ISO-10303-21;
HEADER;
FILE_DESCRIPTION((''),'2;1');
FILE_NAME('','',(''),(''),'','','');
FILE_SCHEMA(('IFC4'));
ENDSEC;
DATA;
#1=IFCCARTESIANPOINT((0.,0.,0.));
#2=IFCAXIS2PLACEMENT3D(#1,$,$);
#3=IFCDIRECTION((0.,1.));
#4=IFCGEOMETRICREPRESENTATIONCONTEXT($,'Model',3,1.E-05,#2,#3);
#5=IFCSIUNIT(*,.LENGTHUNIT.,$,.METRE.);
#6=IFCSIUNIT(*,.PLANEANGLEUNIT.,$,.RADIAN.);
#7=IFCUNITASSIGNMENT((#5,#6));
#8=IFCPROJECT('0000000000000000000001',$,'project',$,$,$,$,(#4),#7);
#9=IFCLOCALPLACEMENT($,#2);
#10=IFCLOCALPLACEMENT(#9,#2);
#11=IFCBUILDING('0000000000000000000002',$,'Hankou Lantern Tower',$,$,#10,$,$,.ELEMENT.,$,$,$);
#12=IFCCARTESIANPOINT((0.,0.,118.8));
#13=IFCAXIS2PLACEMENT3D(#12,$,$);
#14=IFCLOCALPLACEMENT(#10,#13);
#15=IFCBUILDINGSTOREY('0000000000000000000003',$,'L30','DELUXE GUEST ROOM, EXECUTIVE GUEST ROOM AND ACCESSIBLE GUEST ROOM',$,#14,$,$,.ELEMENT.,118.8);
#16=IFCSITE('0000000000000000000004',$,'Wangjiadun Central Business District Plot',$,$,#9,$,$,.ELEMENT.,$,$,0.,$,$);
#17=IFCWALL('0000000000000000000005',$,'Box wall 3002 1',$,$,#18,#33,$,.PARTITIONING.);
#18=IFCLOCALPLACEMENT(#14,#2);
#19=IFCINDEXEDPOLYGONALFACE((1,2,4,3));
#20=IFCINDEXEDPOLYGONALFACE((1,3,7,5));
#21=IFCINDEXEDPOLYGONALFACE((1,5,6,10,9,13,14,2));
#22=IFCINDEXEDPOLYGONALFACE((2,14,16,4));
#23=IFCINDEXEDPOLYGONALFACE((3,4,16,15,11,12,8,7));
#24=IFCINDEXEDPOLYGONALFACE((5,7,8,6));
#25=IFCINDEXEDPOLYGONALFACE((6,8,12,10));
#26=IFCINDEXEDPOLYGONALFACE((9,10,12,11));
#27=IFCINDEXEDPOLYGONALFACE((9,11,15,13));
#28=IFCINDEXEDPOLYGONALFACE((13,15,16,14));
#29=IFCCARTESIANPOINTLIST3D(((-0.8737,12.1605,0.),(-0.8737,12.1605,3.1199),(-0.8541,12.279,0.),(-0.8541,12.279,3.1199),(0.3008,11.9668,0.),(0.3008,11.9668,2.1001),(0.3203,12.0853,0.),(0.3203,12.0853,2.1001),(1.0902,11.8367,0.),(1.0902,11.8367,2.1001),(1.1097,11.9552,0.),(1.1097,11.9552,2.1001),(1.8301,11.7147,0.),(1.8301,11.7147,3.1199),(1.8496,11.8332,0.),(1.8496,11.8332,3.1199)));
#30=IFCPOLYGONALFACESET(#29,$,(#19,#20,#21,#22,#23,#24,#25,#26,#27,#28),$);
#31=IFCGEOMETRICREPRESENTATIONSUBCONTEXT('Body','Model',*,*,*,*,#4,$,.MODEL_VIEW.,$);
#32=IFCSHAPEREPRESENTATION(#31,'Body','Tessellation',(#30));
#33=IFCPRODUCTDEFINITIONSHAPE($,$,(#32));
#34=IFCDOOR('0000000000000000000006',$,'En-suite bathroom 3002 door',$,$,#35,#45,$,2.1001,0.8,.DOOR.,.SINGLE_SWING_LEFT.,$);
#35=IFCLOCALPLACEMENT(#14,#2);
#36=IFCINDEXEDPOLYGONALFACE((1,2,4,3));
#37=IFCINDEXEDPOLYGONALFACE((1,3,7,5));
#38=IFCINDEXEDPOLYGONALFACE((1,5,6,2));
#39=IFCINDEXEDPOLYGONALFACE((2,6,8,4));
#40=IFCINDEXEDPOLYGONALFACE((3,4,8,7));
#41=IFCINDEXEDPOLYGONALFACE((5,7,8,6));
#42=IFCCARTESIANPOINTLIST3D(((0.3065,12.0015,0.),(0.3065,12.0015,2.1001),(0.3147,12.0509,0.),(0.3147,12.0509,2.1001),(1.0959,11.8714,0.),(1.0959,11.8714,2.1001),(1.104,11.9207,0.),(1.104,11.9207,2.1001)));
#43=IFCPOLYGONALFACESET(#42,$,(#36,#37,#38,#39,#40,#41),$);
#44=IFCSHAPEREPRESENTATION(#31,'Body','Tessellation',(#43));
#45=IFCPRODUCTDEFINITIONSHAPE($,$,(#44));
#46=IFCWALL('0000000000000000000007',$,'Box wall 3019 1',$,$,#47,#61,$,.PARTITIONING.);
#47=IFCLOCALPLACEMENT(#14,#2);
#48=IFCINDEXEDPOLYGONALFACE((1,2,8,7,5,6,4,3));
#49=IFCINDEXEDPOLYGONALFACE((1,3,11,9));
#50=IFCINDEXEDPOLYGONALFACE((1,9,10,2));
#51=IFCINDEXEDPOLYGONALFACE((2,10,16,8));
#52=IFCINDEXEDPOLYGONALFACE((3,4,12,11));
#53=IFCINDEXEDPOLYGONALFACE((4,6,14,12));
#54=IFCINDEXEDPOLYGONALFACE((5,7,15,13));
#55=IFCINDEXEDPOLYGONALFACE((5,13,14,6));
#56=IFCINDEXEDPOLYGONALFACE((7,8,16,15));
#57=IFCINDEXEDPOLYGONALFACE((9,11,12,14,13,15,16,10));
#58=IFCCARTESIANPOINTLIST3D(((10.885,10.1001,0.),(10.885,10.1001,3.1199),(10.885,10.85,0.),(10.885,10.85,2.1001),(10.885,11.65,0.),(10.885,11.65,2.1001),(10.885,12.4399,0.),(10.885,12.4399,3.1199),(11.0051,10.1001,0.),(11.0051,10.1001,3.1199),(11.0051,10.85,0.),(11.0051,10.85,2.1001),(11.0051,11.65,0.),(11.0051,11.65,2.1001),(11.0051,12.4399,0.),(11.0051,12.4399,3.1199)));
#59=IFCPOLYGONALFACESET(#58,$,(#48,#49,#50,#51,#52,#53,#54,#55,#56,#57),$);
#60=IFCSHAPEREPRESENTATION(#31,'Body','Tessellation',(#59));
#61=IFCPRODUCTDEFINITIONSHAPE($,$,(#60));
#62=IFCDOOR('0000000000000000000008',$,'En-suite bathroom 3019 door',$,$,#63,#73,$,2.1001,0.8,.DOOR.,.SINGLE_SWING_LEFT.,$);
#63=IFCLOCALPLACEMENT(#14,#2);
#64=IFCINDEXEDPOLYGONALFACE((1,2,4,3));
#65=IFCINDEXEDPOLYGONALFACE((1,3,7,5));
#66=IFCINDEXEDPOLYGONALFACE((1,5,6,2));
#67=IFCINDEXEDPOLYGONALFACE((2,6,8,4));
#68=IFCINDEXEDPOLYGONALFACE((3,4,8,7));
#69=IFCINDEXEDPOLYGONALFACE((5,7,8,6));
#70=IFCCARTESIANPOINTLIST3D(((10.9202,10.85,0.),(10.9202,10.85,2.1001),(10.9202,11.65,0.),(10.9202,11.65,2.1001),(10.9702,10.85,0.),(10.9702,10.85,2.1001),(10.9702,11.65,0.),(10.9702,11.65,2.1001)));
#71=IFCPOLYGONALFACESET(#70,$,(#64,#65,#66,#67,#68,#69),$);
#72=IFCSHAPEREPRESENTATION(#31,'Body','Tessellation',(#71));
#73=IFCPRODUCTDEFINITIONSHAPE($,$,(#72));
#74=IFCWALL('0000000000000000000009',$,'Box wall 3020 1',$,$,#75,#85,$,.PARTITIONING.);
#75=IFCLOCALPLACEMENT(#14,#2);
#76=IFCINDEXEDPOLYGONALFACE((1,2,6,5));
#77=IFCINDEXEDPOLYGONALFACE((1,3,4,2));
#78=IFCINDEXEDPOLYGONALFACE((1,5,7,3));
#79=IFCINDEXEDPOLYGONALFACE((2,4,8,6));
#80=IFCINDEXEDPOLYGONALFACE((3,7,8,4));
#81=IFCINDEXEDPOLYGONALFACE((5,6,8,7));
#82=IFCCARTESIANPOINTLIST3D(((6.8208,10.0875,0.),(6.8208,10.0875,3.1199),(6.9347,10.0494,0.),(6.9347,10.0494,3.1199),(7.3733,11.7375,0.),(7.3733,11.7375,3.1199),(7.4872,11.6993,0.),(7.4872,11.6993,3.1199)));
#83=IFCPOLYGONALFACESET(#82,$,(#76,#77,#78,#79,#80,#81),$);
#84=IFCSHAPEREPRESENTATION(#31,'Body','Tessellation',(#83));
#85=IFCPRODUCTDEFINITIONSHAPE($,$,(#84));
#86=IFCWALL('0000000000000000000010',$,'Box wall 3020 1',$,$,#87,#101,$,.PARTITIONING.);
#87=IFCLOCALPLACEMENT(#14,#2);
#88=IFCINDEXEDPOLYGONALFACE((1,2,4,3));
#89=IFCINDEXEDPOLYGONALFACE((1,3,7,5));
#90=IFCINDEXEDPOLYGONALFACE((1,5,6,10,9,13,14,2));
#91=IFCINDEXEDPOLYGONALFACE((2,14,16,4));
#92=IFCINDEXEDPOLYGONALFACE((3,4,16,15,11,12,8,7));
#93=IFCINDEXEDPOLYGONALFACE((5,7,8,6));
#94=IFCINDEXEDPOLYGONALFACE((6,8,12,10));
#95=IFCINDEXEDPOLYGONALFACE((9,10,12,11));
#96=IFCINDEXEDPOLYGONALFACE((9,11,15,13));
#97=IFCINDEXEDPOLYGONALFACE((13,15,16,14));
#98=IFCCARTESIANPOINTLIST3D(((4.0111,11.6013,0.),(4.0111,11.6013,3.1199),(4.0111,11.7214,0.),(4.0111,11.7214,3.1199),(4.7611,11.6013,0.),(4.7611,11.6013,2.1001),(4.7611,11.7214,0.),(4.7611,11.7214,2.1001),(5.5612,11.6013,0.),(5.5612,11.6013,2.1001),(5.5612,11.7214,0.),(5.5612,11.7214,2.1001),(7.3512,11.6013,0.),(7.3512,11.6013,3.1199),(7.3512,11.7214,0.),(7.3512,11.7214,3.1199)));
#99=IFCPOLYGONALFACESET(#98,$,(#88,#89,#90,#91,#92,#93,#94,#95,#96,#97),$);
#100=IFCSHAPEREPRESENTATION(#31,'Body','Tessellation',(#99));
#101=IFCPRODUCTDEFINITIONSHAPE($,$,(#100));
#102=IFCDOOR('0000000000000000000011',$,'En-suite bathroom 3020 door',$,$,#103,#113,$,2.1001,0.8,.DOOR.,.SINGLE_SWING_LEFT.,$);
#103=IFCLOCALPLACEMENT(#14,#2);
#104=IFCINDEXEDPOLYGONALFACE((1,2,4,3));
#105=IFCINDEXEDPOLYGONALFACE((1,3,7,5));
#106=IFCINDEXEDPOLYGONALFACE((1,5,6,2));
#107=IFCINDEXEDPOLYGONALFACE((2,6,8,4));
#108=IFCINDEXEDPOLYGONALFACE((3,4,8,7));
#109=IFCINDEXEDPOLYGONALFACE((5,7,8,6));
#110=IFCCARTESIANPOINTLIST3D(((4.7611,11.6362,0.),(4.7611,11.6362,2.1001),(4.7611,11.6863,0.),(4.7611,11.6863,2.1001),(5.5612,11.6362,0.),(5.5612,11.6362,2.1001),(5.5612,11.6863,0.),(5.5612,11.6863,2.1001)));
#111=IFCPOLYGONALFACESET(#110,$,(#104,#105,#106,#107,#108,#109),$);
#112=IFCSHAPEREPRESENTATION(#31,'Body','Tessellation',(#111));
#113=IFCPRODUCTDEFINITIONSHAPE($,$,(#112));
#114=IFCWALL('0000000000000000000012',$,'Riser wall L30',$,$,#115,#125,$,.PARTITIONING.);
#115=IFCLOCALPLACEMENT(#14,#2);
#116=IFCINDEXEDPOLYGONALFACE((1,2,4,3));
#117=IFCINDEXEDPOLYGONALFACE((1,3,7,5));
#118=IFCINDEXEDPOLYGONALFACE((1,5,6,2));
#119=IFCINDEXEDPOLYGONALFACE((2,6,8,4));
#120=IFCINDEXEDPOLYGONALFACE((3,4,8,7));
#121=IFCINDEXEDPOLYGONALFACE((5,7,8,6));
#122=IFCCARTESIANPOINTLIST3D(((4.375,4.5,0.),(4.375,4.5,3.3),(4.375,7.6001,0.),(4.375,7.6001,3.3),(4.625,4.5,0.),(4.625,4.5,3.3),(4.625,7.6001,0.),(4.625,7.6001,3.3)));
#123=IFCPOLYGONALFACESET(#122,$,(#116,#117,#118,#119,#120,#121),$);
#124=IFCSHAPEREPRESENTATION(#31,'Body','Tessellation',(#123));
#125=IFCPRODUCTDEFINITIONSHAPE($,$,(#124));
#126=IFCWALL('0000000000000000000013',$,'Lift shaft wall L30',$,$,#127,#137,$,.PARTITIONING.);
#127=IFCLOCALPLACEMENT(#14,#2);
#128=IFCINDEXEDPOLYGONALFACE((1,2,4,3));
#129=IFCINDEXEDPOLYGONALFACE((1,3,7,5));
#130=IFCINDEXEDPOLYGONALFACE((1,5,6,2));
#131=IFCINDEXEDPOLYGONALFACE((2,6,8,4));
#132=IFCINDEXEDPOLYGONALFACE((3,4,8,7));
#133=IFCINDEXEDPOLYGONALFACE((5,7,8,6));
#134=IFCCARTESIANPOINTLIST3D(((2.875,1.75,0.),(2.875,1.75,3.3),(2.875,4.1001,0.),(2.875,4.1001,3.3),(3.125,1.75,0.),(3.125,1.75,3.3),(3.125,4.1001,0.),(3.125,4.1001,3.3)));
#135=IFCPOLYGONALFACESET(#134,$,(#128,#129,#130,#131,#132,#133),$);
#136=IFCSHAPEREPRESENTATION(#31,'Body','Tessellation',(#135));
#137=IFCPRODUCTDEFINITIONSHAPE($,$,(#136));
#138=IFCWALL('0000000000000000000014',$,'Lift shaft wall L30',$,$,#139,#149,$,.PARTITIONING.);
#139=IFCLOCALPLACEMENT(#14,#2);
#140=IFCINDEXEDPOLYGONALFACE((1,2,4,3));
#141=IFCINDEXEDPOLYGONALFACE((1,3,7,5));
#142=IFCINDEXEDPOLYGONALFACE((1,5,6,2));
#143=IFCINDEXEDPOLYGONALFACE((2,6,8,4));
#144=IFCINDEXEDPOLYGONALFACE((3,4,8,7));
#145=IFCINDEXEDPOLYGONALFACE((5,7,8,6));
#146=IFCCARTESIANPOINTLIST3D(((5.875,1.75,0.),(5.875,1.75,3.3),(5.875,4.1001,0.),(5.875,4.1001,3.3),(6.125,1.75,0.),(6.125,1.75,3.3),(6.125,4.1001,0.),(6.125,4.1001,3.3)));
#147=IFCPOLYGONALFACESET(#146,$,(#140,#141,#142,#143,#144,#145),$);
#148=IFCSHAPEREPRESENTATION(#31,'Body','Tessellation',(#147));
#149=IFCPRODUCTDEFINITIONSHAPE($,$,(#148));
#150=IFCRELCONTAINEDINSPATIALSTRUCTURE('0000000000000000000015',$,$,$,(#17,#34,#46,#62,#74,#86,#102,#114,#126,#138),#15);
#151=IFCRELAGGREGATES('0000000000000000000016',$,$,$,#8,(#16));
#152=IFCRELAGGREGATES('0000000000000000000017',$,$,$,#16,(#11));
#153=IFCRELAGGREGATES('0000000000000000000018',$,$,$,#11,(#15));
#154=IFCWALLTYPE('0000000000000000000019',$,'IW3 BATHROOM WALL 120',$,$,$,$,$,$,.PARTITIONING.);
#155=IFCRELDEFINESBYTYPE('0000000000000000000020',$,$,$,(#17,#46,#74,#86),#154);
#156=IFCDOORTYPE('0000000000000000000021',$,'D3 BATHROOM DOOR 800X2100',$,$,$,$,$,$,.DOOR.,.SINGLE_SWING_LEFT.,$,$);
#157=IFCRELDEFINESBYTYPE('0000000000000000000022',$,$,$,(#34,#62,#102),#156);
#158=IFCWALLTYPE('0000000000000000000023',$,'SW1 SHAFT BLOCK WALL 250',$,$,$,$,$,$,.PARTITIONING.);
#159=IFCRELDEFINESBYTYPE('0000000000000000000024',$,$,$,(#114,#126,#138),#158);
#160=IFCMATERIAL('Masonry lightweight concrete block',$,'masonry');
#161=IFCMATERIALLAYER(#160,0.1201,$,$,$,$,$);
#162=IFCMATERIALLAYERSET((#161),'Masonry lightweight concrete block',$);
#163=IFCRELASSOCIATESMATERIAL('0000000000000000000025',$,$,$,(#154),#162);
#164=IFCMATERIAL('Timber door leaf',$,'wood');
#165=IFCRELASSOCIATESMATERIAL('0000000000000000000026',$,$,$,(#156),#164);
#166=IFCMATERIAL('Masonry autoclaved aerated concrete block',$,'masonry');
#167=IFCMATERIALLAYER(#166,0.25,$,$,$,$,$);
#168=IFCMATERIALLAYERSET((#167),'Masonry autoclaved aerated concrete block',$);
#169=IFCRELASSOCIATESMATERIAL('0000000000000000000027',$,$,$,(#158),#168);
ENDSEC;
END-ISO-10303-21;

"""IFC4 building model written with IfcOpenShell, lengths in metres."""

from ifc_helpers import new_model, si_unit, direction, frame, frame_2d, origin, place, context, subcontext, project, spatial, rectangle, extrude, material, layer, layer_set, type_object, element, fill, save


model = new_model("IFC4")

# Units and contexts
model_context = context("Model", 3, precision=1e-05, world=origin(), true_north=direction((0.0, 1.0)))
body_context = subcontext(model_context, "Body", "Model", "MODEL_VIEW")
ifc_project = project(units=[si_unit("LENGTHUNIT", "METRE"), si_unit("PLANEANGLEUNIT", "RADIAN")], contexts=[model_context])

# Site, building, storey
site_placement = place(None, origin())
site = spatial("IfcSite", under=ifc_project, at=site_placement, Name="Wangjiadun Central Business District Plot", CompositionType="ELEMENT", RefElevation=0.0)
building_placement = place(site_placement, origin())
building = spatial("IfcBuilding", under=site, at=building_placement, Name="Hankou Lantern Tower", CompositionType="ELEMENT")
storey_placement = place(building_placement, frame((0.0, 0.0, 118.8)))
storey = spatial("IfcBuildingStorey", under=building, at=storey_placement, Name="L30", Description="DELUXE GUEST ROOM, EXECUTIVE GUEST ROOM AND ACCESSIBLE GUEST ROOM", CompositionType="ELEMENT", Elevation=118.8)

# Walls, openings, doors
ifc_material_1 = material(Name="Masonry lightweight concrete block", Category="masonry")
ifc_layer_1 = layer(ifc_material_1, 0.1201)
ifc_layer_set_1 = layer_set([ifc_layer_1], Name="Masonry lightweight concrete block")
wall_type_1 = type_object("IfcWallType", Name="IW3 BATHROOM WALL 120", PredefinedType="PARTITIONING", material=ifc_layer_set_1)
wall_1_placement = place(storey_placement, frame((1.8398, 11.7739, 0.0), z_axis=(0.0, 0.0, 1.0), x_axis=(-0.986677, 0.162694, 0.0)))
wall_1 = element("IfcWall", 1, at=wall_1_placement, inside=storey, type_object=wall_type_1, Name="Box wall 3002 1", PredefinedType="PARTITIONING", context=body_context, shape_type="SweptSolid", body=[
    extrude(rectangle(XDim=2.7402, YDim=0.1201, at=frame_2d((1.3701, 0.0))), origin(), (0.0, 0.0, 1.0), 3.1199),
])
opening_1_placement = place(wall_1_placement, frame((0.75, 0.0, 0.0)))
opening_1 = element("IfcOpeningElement", 2, at=opening_1_placement, cuts=wall_1, PredefinedType="OPENING", context=body_context, shape_type="SweptSolid", body=[
    extrude(rectangle(XDim=0.8, YDim=2.1001, at=frame_2d((0.3999, 1.05))), frame((0.0, 0.0701, 0.0), z_axis=(0.0, -1.0, 0.0), x_axis=(1.0, 0.0, 0.0)), (0.0, 0.0, 1.0), 0.1401),
])
ifc_material_2 = material(Name="Timber door leaf", Category="wood")
door_type_1 = type_object("IfcDoorType", Name="D3 BATHROOM DOOR 800X2100", OperationType="SINGLE_SWING_LEFT", PredefinedType="DOOR", material=ifc_material_2)
door_1_placement = place(opening_1_placement, origin())
door_1 = element("IfcDoor", 3, at=door_1_placement, inside=storey, type_object=door_type_1, Name="En-suite bathroom 3002 door", OperationType="SINGLE_SWING_LEFT", OverallHeight=2.1001, OverallWidth=0.8, PredefinedType="DOOR", context=body_context, shape_type="SweptSolid", body=[
    extrude(rectangle(XDim=0.8, YDim=2.1001, at=frame_2d((0.3999, 1.05))), frame((0.0, 0.0249, 0.0), z_axis=(0.0, -1.0, 0.0), x_axis=(1.0, 0.0, 0.0)), (0.0, 0.0, 1.0), 0.05),
])
fill(opening_1, door_1)
wall_2_placement = place(storey_placement, frame((10.9451, 10.1001, 0.0), z_axis=(0.0, 0.0, 1.0), x_axis=(0.0, 1.0, 0.0)))
wall_2 = element("IfcWall", 4, at=wall_2_placement, inside=storey, type_object=wall_type_1, Name="Box wall 3019 1", PredefinedType="PARTITIONING", context=body_context, shape_type="SweptSolid", body=[
    extrude(rectangle(XDim=2.3398, YDim=0.1201, at=frame_2d((1.1699, 0.0))), origin(), (0.0, 0.0, 1.0), 3.1199),
])
opening_2_placement = place(wall_2_placement, frame((0.75, 0.0, 0.0)))
opening_2 = element("IfcOpeningElement", 5, at=opening_2_placement, cuts=wall_2, PredefinedType="OPENING", context=body_context, shape_type="SweptSolid", body=[
    extrude(rectangle(XDim=0.8, YDim=2.1001, at=frame_2d((0.3999, 1.05))), frame((0.0, 0.0701, 0.0), z_axis=(0.0, -1.0, 0.0), x_axis=(1.0, 0.0, 0.0)), (0.0, 0.0, 1.0), 0.1401),
])
door_2_placement = place(opening_2_placement, origin())
door_2 = element("IfcDoor", 6, at=door_2_placement, inside=storey, type_object=door_type_1, Name="En-suite bathroom 3019 door", OperationType="SINGLE_SWING_LEFT", OverallHeight=2.1001, OverallWidth=0.8, PredefinedType="DOOR", context=body_context, shape_type="SweptSolid", body=[
    extrude(rectangle(XDim=0.8, YDim=2.1001, at=frame_2d((0.3999, 1.05))), frame((0.0, 0.0249, 0.0), z_axis=(0.0, -1.0, 0.0), x_axis=(1.0, 0.0, 0.0)), (0.0, 0.0, 1.0), 0.05),
])
fill(opening_2, door_2)

# Wall
wall_3_placement = place(storey_placement, frame((6.8777, 10.0684, 0.0), z_axis=(0.0, 0.0, 1.0), x_axis=(0.317532, 0.948247, 0.0)))
element("IfcWall", 7, at=wall_3_placement, inside=storey, type_object=wall_type_1, Name="Box wall 3020 1", PredefinedType="PARTITIONING", context=body_context, shape_type="SweptSolid", body=[
    extrude(rectangle(XDim=1.74, YDim=0.1201, at=frame_2d((0.8701, 0.0))), origin(), (0.0, 0.0, 1.0), 3.1199),
])

# Wall, opening, door
wall_4_placement = place(storey_placement, frame((4.0112, 11.6614, 0.0), z_axis=(0.0, 0.0, 1.0), x_axis=(1.0, 0.0, 0.0)))
wall_4 = element("IfcWall", 8, at=wall_4_placement, inside=storey, type_object=wall_type_1, Name="Box wall 3020 1", PredefinedType="PARTITIONING", context=body_context, shape_type="SweptSolid", body=[
    extrude(rectangle(XDim=3.3401, YDim=0.1201, at=frame_2d((1.6699, 0.0))), origin(), (0.0, 0.0, 1.0), 3.1199),
])
opening_3_placement = place(wall_4_placement, frame((0.75, 0.0, 0.0)))
opening_3 = element("IfcOpeningElement", 9, at=opening_3_placement, cuts=wall_4, PredefinedType="OPENING", context=body_context, shape_type="SweptSolid", body=[
    extrude(rectangle(XDim=0.8, YDim=2.1001, at=frame_2d((0.3999, 1.05))), frame((0.0, 0.0701, 0.0), z_axis=(0.0, -1.0, 0.0), x_axis=(1.0, 0.0, 0.0)), (0.0, 0.0, 1.0), 0.1401),
])
door_3_placement = place(opening_3_placement, origin())
door_3 = element("IfcDoor", 10, at=door_3_placement, inside=storey, type_object=door_type_1, Name="En-suite bathroom 3020 door", OperationType="SINGLE_SWING_LEFT", OverallHeight=2.1001, OverallWidth=0.8, PredefinedType="DOOR", context=body_context, shape_type="SweptSolid", body=[
    extrude(rectangle(XDim=0.8, YDim=2.1001, at=frame_2d((0.3999, 1.05))), frame((0.0, 0.0249, 0.0), z_axis=(0.0, -1.0, 0.0), x_axis=(1.0, 0.0, 0.0)), (0.0, 0.0, 1.0), 0.05),
])
fill(opening_3, door_3)

# Walls
ifc_material_3 = material(Name="Masonry autoclaved aerated concrete block", Category="masonry")
ifc_layer_2 = layer(ifc_material_3, 0.25)
ifc_layer_set_2 = layer_set([ifc_layer_2], Name="Masonry autoclaved aerated concrete block")
wall_type_2 = type_object("IfcWallType", Name="SW1 SHAFT BLOCK WALL 250", PredefinedType="PARTITIONING", material=ifc_layer_set_2)
wall_5_placement = place(storey_placement, frame((4.5, 4.5, 0.0), z_axis=(0.0, 0.0, 1.0), x_axis=(0.0, 1.0, 0.0)))
element("IfcWall", 11, at=wall_5_placement, inside=storey, type_object=wall_type_2, Name="Riser wall L30", PredefinedType="PARTITIONING", context=body_context, shape_type="SweptSolid", body=[
    extrude(rectangle(XDim=3.1001, YDim=0.25, at=frame_2d((1.55, 0.0))), origin(), (0.0, 0.0, 1.0), 3.3),
])
for number, where, z_axis, x_axis, name in (
    (12, (3.0, 1.75, 0.0), (0.0, 0.0, 1.0), (0.0, 1.0, 0.0), "Lift shaft wall L30"),
    (13, (6.0, 1.75, 0.0), (0.0, 0.0, 1.0), (0.0, 1.0, 0.0), "Lift shaft wall L30"),
):
    element("IfcWall", number, at=place(storey_placement, frame(where, z_axis=z_axis, x_axis=x_axis)), inside=storey, type_object=wall_type_2, Name=name, PredefinedType="PARTITIONING", context=body_context, shape_type="SweptSolid", body=[
        extrude(rectangle(XDim=2.3501, YDim=0.25, at=frame_2d((1.175, 0.0))), origin(), (0.0, 0.0, 1.0), 3.3),
    ])

save(model, "model.ifc")
